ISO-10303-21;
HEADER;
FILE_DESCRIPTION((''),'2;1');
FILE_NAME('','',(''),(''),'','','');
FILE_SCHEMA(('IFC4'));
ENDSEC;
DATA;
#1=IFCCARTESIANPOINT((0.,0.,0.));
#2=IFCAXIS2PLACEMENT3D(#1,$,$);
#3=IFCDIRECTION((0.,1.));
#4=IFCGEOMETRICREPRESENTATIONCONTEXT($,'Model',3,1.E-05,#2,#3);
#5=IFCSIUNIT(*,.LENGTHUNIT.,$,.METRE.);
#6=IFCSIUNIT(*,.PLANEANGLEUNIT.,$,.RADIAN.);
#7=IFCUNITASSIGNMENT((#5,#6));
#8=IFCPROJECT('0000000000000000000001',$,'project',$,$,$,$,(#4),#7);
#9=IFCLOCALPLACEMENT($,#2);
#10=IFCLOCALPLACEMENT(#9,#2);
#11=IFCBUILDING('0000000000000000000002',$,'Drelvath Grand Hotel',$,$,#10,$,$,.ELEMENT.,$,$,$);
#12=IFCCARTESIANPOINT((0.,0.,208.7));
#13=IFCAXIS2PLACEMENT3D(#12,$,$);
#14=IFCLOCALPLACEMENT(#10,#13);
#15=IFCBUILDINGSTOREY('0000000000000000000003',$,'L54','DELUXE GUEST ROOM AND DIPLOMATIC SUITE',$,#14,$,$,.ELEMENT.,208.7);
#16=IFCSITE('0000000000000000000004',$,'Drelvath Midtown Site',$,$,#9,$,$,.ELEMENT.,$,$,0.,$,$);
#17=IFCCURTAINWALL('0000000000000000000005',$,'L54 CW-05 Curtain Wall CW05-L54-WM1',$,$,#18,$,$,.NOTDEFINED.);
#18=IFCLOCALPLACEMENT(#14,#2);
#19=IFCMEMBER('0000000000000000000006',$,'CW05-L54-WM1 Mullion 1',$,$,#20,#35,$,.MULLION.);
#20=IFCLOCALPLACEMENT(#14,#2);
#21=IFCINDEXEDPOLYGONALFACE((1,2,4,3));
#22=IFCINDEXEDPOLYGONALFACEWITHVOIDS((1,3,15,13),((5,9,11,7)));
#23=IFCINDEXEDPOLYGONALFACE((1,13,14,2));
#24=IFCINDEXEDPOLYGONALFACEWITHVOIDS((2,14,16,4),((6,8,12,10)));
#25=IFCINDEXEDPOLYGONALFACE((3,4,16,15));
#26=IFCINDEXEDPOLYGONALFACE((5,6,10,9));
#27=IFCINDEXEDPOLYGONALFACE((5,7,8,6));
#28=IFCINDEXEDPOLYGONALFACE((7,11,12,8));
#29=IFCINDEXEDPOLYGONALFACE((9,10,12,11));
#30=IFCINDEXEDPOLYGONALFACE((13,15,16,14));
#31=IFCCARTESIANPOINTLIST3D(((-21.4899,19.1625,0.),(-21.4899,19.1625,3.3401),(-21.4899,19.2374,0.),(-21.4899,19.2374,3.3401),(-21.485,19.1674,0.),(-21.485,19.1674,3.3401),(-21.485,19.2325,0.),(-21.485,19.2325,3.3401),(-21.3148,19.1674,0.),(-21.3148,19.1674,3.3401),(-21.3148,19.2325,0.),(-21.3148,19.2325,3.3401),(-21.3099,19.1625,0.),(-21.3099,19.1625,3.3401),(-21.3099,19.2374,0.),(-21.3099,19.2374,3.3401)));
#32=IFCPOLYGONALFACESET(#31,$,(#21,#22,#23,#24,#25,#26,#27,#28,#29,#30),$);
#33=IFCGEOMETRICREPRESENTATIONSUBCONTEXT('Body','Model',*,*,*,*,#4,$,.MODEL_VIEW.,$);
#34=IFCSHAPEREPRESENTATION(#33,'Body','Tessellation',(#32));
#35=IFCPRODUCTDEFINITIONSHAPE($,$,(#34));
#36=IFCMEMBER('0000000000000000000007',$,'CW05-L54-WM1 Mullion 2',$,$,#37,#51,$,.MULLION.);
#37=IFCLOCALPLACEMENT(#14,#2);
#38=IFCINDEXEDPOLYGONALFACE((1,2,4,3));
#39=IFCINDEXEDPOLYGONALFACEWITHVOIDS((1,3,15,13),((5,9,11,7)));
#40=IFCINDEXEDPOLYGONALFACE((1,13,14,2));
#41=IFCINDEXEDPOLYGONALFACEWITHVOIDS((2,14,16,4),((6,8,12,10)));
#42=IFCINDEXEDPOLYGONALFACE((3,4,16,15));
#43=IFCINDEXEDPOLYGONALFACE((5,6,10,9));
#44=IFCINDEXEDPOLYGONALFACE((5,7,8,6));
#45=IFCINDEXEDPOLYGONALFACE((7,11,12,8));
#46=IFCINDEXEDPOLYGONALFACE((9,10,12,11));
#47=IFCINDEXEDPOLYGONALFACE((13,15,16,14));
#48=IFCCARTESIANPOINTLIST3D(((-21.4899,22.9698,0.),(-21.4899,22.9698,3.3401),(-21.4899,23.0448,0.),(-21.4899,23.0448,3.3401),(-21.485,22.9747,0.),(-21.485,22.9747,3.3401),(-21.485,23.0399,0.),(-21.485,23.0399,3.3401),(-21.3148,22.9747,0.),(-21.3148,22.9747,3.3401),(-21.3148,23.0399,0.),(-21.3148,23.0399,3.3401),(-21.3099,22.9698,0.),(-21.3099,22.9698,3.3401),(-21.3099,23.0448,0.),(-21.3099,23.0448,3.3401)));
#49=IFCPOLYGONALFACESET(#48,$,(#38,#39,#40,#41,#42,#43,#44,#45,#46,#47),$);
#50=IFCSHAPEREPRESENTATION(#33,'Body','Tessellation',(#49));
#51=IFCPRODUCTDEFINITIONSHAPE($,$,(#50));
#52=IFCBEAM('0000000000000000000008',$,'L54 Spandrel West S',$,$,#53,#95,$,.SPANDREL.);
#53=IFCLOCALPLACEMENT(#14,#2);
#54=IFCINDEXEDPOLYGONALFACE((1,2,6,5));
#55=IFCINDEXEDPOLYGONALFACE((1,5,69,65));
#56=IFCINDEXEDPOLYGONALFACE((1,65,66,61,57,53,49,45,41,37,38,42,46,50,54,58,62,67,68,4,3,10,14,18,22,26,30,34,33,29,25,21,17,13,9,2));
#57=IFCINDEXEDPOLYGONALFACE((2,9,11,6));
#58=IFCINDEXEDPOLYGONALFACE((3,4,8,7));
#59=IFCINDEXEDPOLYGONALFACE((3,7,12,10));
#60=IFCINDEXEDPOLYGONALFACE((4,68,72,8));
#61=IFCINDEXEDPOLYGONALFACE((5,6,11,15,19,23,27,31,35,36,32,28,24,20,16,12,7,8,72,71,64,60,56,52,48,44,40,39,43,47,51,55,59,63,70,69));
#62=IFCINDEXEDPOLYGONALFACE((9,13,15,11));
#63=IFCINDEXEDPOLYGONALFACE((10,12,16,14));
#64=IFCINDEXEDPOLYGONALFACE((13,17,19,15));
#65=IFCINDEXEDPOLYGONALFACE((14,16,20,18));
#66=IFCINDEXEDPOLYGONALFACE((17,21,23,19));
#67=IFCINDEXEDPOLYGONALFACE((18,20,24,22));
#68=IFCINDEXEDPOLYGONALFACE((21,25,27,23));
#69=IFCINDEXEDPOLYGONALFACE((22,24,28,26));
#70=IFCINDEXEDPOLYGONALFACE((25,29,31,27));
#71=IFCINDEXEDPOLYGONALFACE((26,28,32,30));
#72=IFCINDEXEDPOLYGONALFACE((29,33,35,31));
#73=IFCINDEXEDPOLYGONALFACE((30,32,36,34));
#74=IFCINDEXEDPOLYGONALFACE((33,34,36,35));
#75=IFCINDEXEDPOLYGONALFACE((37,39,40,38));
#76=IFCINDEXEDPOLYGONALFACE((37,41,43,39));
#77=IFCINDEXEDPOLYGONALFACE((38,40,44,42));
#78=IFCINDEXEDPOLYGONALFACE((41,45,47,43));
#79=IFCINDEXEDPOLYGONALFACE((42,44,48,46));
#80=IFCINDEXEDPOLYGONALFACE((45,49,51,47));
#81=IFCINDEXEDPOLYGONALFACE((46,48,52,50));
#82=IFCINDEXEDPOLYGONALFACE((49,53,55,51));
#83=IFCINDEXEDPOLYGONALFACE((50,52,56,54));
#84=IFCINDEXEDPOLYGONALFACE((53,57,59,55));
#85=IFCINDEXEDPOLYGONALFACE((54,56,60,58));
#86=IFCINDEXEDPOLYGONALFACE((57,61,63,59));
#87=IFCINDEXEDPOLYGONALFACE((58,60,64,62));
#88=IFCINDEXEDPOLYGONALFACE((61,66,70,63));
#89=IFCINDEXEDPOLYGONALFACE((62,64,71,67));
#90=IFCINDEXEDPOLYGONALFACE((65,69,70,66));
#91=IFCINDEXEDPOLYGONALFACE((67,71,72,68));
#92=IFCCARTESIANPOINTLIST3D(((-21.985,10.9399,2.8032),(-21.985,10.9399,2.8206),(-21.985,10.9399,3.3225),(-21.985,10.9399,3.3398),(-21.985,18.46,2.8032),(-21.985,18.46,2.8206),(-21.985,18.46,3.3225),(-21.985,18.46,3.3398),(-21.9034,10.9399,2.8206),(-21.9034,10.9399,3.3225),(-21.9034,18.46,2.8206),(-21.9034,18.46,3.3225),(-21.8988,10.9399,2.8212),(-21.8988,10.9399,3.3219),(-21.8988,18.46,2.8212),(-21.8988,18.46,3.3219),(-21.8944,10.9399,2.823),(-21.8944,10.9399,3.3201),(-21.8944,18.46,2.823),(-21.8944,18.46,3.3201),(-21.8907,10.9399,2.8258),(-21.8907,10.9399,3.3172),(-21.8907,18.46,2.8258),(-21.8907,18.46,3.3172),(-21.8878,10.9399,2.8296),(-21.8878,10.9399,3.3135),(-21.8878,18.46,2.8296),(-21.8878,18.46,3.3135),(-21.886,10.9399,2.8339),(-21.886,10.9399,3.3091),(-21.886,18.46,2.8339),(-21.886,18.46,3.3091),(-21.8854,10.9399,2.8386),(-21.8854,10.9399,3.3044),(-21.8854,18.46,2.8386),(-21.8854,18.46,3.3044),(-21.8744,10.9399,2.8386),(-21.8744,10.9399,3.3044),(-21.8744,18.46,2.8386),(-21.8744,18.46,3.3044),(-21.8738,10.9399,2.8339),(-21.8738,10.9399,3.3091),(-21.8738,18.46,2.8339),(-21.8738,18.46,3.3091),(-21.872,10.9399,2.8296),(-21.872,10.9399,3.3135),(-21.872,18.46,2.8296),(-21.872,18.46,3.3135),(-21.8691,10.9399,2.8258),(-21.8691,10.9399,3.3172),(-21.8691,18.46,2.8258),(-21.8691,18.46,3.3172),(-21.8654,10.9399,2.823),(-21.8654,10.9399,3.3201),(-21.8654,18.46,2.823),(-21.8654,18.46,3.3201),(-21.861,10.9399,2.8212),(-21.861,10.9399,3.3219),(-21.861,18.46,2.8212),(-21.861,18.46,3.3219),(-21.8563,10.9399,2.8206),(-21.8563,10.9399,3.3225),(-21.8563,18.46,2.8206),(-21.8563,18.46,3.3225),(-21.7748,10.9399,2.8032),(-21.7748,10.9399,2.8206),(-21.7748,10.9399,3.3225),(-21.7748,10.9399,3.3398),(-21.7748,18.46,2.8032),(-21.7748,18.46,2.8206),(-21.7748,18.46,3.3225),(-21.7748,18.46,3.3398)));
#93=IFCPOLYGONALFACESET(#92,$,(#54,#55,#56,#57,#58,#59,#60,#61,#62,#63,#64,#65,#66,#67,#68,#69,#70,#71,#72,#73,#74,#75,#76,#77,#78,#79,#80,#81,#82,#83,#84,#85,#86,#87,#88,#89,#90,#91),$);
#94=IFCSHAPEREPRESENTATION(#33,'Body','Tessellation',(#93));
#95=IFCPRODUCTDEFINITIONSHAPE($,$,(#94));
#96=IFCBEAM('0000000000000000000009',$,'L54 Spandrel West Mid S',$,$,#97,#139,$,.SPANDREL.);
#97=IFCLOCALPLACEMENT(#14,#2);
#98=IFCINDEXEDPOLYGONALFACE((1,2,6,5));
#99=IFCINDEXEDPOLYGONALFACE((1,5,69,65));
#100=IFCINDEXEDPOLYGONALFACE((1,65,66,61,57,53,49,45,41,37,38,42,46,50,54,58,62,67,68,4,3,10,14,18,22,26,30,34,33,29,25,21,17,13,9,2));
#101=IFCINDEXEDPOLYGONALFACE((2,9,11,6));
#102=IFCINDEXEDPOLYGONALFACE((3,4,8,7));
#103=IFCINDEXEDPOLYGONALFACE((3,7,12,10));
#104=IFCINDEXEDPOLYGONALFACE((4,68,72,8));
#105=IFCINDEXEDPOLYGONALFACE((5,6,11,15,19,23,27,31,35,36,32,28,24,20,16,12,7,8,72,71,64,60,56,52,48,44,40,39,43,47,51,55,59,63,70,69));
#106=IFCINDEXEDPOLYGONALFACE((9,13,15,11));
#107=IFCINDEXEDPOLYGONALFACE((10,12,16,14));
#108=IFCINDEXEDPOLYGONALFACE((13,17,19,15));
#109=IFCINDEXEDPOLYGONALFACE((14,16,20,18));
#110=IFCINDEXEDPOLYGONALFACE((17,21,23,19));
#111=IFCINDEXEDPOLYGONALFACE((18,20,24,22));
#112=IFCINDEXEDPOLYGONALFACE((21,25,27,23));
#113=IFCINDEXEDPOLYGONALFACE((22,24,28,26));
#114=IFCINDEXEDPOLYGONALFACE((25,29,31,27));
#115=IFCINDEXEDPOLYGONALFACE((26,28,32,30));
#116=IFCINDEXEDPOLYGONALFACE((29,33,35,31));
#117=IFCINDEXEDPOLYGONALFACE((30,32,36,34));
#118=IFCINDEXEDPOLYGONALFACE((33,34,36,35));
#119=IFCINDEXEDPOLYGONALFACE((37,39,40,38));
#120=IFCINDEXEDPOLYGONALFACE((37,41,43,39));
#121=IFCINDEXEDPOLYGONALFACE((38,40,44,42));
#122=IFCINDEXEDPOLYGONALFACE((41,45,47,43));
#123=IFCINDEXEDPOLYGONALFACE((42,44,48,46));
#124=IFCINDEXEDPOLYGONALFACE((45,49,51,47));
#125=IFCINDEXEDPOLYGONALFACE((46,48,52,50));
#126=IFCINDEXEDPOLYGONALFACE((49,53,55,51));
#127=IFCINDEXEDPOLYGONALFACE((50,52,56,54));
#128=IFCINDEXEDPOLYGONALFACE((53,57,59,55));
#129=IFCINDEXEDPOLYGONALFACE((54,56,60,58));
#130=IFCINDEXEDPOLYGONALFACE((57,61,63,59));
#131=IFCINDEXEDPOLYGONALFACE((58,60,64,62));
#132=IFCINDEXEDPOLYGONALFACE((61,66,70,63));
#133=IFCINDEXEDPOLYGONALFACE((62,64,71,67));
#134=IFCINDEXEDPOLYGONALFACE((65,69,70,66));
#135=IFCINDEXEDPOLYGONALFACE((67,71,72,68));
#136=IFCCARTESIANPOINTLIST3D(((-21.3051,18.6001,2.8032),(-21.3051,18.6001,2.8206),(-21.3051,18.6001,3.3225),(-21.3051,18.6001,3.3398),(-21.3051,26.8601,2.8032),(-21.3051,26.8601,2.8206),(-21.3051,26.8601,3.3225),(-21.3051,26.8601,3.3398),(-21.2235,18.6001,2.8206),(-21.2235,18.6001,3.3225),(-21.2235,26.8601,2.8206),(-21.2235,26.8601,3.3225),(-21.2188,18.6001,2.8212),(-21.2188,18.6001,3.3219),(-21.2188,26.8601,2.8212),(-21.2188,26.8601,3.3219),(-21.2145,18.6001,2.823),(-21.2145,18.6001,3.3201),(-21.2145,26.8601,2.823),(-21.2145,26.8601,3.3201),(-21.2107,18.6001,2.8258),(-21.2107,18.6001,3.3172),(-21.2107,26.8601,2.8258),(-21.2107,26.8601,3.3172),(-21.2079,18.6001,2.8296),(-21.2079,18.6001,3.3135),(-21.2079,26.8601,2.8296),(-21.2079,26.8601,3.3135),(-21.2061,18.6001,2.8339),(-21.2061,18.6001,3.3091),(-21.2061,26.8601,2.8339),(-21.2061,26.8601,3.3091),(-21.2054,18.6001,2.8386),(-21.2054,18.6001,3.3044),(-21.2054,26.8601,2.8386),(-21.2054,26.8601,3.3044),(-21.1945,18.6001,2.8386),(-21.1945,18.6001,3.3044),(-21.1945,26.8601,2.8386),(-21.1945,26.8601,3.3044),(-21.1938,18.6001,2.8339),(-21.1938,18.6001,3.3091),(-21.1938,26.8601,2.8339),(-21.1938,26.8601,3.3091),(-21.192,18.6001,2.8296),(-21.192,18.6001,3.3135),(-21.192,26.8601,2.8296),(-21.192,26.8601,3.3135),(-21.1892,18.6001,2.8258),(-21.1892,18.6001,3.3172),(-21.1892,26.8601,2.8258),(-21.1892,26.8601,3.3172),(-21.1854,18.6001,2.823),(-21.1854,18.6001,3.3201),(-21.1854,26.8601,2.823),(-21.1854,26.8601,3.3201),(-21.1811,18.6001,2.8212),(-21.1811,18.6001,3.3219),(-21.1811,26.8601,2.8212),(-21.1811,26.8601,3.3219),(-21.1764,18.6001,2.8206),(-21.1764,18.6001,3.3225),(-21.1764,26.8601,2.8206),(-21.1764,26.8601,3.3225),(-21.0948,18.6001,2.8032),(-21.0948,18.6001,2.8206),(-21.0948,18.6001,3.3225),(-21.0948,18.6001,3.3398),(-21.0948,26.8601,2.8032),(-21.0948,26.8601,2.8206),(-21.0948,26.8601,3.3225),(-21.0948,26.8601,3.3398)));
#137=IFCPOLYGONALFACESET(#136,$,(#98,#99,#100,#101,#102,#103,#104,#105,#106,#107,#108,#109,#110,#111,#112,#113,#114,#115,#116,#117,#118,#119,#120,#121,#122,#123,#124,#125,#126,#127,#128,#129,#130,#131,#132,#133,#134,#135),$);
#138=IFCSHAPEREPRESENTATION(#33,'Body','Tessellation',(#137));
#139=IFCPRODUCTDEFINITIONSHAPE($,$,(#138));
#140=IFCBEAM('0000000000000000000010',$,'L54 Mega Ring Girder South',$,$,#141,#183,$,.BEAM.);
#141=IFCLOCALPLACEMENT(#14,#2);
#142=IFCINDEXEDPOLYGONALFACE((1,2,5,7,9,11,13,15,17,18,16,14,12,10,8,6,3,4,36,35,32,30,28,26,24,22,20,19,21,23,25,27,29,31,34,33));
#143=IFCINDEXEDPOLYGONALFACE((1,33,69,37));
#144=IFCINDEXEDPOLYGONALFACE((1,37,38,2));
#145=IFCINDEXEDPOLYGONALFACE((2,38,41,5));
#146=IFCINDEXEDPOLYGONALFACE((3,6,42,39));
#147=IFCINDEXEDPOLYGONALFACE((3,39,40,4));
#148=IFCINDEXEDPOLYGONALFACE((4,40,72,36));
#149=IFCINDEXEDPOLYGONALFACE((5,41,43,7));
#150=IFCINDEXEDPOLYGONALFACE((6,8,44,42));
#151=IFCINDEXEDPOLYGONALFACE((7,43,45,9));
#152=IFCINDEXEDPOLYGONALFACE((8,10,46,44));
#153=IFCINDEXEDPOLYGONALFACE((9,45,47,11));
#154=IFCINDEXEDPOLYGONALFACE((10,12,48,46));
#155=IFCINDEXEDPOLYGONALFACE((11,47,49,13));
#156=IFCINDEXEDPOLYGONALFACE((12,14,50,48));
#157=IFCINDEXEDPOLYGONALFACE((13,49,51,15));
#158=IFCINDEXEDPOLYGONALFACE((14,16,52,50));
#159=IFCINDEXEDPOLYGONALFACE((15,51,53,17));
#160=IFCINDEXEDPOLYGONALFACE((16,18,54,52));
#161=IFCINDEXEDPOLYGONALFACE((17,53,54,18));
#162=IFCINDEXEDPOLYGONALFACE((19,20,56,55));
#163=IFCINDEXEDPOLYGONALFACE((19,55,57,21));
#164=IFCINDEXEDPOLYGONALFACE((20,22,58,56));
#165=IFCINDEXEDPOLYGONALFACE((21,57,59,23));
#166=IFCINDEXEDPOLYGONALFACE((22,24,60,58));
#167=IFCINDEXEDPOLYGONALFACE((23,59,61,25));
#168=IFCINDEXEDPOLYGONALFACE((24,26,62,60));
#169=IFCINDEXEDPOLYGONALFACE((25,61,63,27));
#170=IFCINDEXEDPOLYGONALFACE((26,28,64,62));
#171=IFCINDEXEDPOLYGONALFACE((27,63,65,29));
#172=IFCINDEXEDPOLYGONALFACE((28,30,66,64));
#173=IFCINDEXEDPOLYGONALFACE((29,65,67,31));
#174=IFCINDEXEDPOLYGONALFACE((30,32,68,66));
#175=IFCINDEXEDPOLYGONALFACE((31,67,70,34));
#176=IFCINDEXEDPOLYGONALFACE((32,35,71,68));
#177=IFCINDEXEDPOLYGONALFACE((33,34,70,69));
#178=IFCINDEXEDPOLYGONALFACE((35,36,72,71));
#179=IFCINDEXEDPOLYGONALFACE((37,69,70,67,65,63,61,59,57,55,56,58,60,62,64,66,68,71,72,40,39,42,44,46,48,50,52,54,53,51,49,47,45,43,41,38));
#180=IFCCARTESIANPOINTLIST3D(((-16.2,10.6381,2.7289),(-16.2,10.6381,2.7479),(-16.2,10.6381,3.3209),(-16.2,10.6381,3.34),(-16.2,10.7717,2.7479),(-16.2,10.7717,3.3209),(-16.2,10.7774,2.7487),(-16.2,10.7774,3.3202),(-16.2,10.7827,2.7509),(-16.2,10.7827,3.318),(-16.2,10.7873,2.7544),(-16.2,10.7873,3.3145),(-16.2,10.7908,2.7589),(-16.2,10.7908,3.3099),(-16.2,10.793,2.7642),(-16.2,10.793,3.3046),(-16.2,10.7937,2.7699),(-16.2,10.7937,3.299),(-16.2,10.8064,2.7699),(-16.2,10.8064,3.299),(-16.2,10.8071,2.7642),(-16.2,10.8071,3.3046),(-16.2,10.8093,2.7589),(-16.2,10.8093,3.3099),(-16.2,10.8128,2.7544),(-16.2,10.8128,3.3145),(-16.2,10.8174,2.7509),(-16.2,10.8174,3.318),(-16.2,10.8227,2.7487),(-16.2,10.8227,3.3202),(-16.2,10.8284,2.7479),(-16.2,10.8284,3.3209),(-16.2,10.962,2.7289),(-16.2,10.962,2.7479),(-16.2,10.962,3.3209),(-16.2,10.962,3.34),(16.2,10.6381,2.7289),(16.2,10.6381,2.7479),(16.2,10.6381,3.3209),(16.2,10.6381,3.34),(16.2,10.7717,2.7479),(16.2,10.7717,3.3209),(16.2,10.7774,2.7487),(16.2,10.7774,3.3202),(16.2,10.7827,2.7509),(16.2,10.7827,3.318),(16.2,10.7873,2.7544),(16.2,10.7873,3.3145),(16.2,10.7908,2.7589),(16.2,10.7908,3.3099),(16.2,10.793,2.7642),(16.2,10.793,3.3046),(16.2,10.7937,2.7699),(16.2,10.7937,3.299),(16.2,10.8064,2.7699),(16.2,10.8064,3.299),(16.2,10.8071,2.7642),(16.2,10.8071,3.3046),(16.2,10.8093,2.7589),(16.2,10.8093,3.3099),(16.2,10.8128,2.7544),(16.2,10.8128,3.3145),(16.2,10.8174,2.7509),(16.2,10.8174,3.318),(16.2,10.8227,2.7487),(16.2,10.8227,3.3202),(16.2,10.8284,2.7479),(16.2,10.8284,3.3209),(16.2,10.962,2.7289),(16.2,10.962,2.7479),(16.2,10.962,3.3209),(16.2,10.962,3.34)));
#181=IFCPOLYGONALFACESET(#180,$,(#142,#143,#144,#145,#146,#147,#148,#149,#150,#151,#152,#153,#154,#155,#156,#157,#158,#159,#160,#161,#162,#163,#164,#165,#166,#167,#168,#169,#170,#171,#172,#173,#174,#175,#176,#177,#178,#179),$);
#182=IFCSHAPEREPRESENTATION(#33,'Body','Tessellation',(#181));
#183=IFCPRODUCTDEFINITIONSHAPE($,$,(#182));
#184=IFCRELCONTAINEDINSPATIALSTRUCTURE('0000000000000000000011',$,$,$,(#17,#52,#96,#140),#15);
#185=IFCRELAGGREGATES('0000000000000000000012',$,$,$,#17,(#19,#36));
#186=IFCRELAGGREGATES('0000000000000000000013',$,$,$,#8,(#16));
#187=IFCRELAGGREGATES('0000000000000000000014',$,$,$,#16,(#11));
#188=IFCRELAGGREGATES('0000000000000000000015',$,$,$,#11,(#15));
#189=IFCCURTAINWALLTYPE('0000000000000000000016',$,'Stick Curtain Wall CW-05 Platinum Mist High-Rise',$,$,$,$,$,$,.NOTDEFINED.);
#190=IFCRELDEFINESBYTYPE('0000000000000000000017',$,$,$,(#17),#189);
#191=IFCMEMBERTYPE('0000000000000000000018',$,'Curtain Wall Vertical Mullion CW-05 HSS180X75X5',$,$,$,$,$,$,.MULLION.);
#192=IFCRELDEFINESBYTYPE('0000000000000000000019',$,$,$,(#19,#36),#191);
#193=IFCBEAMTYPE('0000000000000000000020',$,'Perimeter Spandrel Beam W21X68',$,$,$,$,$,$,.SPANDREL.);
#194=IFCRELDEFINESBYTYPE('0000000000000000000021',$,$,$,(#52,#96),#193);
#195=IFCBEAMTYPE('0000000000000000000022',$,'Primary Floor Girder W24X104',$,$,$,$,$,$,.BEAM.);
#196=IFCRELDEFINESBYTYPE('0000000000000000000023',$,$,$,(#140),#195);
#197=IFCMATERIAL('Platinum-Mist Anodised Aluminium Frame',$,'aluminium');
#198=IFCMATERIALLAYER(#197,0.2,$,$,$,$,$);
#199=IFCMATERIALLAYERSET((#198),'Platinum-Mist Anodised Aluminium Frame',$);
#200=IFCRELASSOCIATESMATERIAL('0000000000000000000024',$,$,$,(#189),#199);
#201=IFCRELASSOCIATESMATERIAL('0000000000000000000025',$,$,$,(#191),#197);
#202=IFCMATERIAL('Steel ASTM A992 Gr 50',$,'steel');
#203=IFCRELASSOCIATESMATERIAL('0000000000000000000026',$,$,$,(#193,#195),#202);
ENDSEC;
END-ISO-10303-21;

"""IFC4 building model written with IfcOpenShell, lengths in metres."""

from ifc_helpers import new_model, si_unit, direction, frame, origin, origin_2d, place, context, subcontext, project, spatial, hollow_rectangle, i_section, extrude, material, layer, layer_set, material_profile, profile_set, type_object, element, aggregate, save


model = new_model("IFC4")

# Units and contexts
model_context = context("Model", 3, precision=1e-05, world=origin(), true_north=direction((0.0, 1.0)))
body_context = subcontext(model_context, "Body", "Model", "MODEL_VIEW")
ifc_project = project(units=[si_unit("LENGTHUNIT", "METRE"), si_unit("PLANEANGLEUNIT", "RADIAN")], contexts=[model_context])

# Site, building, storey
site_placement = place(None, origin())
site = spatial("IfcSite", under=ifc_project, at=site_placement, Name="Drelvath Midtown Site", CompositionType="ELEMENT", RefElevation=0.0)
building_placement = place(site_placement, origin())
building = spatial("IfcBuilding", under=site, at=building_placement, Name="Drelvath Grand Hotel", CompositionType="ELEMENT")
storey_placement = place(building_placement, frame((0.0, 0.0, 208.7)))
storey = spatial("IfcBuildingStorey", under=building, at=storey_placement, Name="L54", Description="DELUXE GUEST ROOM AND DIPLOMATIC SUITE", CompositionType="ELEMENT", Elevation=208.7)

# Shared definitions
ifc_material_1 = material(Name="Steel ASTM A992 Gr 50", Category="steel")

# Curtain wall
ifc_material_2 = material(Name="Platinum-Mist Anodised Aluminium Frame", Category="aluminium")
ifc_layer_1 = layer(ifc_material_2, 0.2)
ifc_layer_set_1 = layer_set([ifc_layer_1], Name="Platinum-Mist Anodised Aluminium Frame")
curtain_wall_type = type_object("IfcCurtainWallType", Name="Stick Curtain Wall CW-05 Platinum Mist High-Rise", PredefinedType="NOTDEFINED", material=ifc_layer_set_1)
curtain_wall_1_placement = place(storey_placement, origin())
curtain_wall_1 = element("IfcCurtainWall", 1, at=curtain_wall_1_placement, inside=storey, type_object=curtain_wall_type, Name="L54 CW-05 Curtain Wall CW05-L54-WM1", PredefinedType="NOTDEFINED")

# Members
ifc_material_profile_1 = material_profile(ifc_material_2, hollow_rectangle(XDim=0.075, YDim=0.1799, WallThickness=0.0049, at=origin_2d()), Name="HSS180X75X5")
ifc_profile_set_1 = profile_set([ifc_material_profile_1], Name="Platinum-Mist Anodised Aluminium Frame")
member_type_1 = type_object("IfcMemberType", Name="Curtain Wall Vertical Mullion CW-05 HSS180X75X5", PredefinedType="MULLION", material=ifc_profile_set_1)
member_1_placement = place(storey_placement, frame((-21.3999, 19.2, 0.0), z_axis=(0.0, 0.0, 1.0), x_axis=(0.0, 1.0, 0.0)))
member_1 = element("IfcMember", 2, at=member_1_placement, type_object=member_type_1, Name="CW05-L54-WM1 Mullion 1", PredefinedType="MULLION", context=body_context, shape_type="SweptSolid", body=[
    extrude(hollow_rectangle(XDim=0.075, YDim=0.1799, WallThickness=0.0049, at=origin_2d()), origin(), (0.0, 0.0, 1.0), 3.3401),
])
member_2_placement = place(storey_placement, frame((-21.3999, 23.0073, 0.0), z_axis=(0.0, 0.0, 1.0), x_axis=(0.0, 1.0, 0.0)))
member_2 = element("IfcMember", 3, at=member_2_placement, type_object=member_type_1, Name="CW05-L54-WM1 Mullion 2", PredefinedType="MULLION", context=body_context, shape_type="SweptSolid", body=[
    extrude(hollow_rectangle(XDim=0.075, YDim=0.1799, WallThickness=0.0049, at=origin_2d()), origin(), (0.0, 0.0, 1.0), 3.3401),
])

# Beams
ifc_material_profile_2 = material_profile(ifc_material_1, i_section(OverallWidth=0.2102, OverallDepth=0.5366, WebThickness=0.011, FlangeThickness=0.0173, FilletRadius=0.0181, at=origin_2d()), Name="W21X68")
ifc_profile_set_2 = profile_set([ifc_material_profile_2], Name="Steel ASTM A992 Gr 50")
beam_type_1 = type_object("IfcBeamType", Name="Perimeter Spandrel Beam W21X68", PredefinedType="SPANDREL", material=ifc_profile_set_2)
beam_1_placement = place(storey_placement, frame((-21.8799, 10.9399, 3.0715), z_axis=(0.0, 1.0, 0.0), x_axis=(-1.0, 0.0, 0.0)))
element("IfcBeam", 4, at=beam_1_placement, inside=storey, type_object=beam_type_1, Name="L54 Spandrel West S", PredefinedType="SPANDREL", context=body_context, shape_type="SweptSolid", body=[
    extrude(i_section(OverallWidth=0.2102, OverallDepth=0.5366, WebThickness=0.011, FlangeThickness=0.0173, FilletRadius=0.0181, at=origin_2d()), origin(), (0.0, 0.0, 1.0), 7.52),
])
beam_2_placement = place(storey_placement, frame((-21.2, 18.6001, 3.0715), z_axis=(0.0, 1.0, 0.0), x_axis=(-1.0, 0.0, 0.0)))
element("IfcBeam", 5, at=beam_2_placement, inside=storey, type_object=beam_type_1, Name="L54 Spandrel West Mid S", PredefinedType="SPANDREL", context=body_context, shape_type="SweptSolid", body=[
    extrude(i_section(OverallWidth=0.2102, OverallDepth=0.5366, WebThickness=0.011, FlangeThickness=0.0173, FilletRadius=0.0181, at=origin_2d()), origin(), (0.0, 0.0, 1.0), 8.26),
])
ifc_material_profile_3 = material_profile(ifc_material_1, i_section(OverallWidth=0.324, OverallDepth=0.6111, WebThickness=0.0127, FlangeThickness=0.019, FilletRadius=0.022, at=origin_2d()), Name="W24X104")
ifc_profile_set_3 = profile_set([ifc_material_profile_3], Name="Steel ASTM A992 Gr 50")
beam_type_2 = type_object("IfcBeamType", Name="Primary Floor Girder W24X104", PredefinedType="BEAM", material=ifc_profile_set_3)
for number, where, z_axis, x_axis, name in (
    (6, (-16.2, 10.8, 3.0344), (1.0, 0.0, 0.0), (0.0, 1.0, 0.0), "L54 Mega Ring Girder South"),
):
    element("IfcBeam", number, at=place(storey_placement, frame(where, z_axis=z_axis, x_axis=x_axis)), inside=storey, type_object=beam_type_2, Name=name, PredefinedType="BEAM", context=body_context, shape_type="SweptSolid", body=[
        extrude(i_section(OverallWidth=0.324, OverallDepth=0.6111, WebThickness=0.0127, FlangeThickness=0.019, FilletRadius=0.022, at=origin_2d()), origin(), (0.0, 0.0, 1.0), 32.3999),
    ])

aggregate(curtain_wall_1, [member_1, member_2])

save(model, "model.ifc")
